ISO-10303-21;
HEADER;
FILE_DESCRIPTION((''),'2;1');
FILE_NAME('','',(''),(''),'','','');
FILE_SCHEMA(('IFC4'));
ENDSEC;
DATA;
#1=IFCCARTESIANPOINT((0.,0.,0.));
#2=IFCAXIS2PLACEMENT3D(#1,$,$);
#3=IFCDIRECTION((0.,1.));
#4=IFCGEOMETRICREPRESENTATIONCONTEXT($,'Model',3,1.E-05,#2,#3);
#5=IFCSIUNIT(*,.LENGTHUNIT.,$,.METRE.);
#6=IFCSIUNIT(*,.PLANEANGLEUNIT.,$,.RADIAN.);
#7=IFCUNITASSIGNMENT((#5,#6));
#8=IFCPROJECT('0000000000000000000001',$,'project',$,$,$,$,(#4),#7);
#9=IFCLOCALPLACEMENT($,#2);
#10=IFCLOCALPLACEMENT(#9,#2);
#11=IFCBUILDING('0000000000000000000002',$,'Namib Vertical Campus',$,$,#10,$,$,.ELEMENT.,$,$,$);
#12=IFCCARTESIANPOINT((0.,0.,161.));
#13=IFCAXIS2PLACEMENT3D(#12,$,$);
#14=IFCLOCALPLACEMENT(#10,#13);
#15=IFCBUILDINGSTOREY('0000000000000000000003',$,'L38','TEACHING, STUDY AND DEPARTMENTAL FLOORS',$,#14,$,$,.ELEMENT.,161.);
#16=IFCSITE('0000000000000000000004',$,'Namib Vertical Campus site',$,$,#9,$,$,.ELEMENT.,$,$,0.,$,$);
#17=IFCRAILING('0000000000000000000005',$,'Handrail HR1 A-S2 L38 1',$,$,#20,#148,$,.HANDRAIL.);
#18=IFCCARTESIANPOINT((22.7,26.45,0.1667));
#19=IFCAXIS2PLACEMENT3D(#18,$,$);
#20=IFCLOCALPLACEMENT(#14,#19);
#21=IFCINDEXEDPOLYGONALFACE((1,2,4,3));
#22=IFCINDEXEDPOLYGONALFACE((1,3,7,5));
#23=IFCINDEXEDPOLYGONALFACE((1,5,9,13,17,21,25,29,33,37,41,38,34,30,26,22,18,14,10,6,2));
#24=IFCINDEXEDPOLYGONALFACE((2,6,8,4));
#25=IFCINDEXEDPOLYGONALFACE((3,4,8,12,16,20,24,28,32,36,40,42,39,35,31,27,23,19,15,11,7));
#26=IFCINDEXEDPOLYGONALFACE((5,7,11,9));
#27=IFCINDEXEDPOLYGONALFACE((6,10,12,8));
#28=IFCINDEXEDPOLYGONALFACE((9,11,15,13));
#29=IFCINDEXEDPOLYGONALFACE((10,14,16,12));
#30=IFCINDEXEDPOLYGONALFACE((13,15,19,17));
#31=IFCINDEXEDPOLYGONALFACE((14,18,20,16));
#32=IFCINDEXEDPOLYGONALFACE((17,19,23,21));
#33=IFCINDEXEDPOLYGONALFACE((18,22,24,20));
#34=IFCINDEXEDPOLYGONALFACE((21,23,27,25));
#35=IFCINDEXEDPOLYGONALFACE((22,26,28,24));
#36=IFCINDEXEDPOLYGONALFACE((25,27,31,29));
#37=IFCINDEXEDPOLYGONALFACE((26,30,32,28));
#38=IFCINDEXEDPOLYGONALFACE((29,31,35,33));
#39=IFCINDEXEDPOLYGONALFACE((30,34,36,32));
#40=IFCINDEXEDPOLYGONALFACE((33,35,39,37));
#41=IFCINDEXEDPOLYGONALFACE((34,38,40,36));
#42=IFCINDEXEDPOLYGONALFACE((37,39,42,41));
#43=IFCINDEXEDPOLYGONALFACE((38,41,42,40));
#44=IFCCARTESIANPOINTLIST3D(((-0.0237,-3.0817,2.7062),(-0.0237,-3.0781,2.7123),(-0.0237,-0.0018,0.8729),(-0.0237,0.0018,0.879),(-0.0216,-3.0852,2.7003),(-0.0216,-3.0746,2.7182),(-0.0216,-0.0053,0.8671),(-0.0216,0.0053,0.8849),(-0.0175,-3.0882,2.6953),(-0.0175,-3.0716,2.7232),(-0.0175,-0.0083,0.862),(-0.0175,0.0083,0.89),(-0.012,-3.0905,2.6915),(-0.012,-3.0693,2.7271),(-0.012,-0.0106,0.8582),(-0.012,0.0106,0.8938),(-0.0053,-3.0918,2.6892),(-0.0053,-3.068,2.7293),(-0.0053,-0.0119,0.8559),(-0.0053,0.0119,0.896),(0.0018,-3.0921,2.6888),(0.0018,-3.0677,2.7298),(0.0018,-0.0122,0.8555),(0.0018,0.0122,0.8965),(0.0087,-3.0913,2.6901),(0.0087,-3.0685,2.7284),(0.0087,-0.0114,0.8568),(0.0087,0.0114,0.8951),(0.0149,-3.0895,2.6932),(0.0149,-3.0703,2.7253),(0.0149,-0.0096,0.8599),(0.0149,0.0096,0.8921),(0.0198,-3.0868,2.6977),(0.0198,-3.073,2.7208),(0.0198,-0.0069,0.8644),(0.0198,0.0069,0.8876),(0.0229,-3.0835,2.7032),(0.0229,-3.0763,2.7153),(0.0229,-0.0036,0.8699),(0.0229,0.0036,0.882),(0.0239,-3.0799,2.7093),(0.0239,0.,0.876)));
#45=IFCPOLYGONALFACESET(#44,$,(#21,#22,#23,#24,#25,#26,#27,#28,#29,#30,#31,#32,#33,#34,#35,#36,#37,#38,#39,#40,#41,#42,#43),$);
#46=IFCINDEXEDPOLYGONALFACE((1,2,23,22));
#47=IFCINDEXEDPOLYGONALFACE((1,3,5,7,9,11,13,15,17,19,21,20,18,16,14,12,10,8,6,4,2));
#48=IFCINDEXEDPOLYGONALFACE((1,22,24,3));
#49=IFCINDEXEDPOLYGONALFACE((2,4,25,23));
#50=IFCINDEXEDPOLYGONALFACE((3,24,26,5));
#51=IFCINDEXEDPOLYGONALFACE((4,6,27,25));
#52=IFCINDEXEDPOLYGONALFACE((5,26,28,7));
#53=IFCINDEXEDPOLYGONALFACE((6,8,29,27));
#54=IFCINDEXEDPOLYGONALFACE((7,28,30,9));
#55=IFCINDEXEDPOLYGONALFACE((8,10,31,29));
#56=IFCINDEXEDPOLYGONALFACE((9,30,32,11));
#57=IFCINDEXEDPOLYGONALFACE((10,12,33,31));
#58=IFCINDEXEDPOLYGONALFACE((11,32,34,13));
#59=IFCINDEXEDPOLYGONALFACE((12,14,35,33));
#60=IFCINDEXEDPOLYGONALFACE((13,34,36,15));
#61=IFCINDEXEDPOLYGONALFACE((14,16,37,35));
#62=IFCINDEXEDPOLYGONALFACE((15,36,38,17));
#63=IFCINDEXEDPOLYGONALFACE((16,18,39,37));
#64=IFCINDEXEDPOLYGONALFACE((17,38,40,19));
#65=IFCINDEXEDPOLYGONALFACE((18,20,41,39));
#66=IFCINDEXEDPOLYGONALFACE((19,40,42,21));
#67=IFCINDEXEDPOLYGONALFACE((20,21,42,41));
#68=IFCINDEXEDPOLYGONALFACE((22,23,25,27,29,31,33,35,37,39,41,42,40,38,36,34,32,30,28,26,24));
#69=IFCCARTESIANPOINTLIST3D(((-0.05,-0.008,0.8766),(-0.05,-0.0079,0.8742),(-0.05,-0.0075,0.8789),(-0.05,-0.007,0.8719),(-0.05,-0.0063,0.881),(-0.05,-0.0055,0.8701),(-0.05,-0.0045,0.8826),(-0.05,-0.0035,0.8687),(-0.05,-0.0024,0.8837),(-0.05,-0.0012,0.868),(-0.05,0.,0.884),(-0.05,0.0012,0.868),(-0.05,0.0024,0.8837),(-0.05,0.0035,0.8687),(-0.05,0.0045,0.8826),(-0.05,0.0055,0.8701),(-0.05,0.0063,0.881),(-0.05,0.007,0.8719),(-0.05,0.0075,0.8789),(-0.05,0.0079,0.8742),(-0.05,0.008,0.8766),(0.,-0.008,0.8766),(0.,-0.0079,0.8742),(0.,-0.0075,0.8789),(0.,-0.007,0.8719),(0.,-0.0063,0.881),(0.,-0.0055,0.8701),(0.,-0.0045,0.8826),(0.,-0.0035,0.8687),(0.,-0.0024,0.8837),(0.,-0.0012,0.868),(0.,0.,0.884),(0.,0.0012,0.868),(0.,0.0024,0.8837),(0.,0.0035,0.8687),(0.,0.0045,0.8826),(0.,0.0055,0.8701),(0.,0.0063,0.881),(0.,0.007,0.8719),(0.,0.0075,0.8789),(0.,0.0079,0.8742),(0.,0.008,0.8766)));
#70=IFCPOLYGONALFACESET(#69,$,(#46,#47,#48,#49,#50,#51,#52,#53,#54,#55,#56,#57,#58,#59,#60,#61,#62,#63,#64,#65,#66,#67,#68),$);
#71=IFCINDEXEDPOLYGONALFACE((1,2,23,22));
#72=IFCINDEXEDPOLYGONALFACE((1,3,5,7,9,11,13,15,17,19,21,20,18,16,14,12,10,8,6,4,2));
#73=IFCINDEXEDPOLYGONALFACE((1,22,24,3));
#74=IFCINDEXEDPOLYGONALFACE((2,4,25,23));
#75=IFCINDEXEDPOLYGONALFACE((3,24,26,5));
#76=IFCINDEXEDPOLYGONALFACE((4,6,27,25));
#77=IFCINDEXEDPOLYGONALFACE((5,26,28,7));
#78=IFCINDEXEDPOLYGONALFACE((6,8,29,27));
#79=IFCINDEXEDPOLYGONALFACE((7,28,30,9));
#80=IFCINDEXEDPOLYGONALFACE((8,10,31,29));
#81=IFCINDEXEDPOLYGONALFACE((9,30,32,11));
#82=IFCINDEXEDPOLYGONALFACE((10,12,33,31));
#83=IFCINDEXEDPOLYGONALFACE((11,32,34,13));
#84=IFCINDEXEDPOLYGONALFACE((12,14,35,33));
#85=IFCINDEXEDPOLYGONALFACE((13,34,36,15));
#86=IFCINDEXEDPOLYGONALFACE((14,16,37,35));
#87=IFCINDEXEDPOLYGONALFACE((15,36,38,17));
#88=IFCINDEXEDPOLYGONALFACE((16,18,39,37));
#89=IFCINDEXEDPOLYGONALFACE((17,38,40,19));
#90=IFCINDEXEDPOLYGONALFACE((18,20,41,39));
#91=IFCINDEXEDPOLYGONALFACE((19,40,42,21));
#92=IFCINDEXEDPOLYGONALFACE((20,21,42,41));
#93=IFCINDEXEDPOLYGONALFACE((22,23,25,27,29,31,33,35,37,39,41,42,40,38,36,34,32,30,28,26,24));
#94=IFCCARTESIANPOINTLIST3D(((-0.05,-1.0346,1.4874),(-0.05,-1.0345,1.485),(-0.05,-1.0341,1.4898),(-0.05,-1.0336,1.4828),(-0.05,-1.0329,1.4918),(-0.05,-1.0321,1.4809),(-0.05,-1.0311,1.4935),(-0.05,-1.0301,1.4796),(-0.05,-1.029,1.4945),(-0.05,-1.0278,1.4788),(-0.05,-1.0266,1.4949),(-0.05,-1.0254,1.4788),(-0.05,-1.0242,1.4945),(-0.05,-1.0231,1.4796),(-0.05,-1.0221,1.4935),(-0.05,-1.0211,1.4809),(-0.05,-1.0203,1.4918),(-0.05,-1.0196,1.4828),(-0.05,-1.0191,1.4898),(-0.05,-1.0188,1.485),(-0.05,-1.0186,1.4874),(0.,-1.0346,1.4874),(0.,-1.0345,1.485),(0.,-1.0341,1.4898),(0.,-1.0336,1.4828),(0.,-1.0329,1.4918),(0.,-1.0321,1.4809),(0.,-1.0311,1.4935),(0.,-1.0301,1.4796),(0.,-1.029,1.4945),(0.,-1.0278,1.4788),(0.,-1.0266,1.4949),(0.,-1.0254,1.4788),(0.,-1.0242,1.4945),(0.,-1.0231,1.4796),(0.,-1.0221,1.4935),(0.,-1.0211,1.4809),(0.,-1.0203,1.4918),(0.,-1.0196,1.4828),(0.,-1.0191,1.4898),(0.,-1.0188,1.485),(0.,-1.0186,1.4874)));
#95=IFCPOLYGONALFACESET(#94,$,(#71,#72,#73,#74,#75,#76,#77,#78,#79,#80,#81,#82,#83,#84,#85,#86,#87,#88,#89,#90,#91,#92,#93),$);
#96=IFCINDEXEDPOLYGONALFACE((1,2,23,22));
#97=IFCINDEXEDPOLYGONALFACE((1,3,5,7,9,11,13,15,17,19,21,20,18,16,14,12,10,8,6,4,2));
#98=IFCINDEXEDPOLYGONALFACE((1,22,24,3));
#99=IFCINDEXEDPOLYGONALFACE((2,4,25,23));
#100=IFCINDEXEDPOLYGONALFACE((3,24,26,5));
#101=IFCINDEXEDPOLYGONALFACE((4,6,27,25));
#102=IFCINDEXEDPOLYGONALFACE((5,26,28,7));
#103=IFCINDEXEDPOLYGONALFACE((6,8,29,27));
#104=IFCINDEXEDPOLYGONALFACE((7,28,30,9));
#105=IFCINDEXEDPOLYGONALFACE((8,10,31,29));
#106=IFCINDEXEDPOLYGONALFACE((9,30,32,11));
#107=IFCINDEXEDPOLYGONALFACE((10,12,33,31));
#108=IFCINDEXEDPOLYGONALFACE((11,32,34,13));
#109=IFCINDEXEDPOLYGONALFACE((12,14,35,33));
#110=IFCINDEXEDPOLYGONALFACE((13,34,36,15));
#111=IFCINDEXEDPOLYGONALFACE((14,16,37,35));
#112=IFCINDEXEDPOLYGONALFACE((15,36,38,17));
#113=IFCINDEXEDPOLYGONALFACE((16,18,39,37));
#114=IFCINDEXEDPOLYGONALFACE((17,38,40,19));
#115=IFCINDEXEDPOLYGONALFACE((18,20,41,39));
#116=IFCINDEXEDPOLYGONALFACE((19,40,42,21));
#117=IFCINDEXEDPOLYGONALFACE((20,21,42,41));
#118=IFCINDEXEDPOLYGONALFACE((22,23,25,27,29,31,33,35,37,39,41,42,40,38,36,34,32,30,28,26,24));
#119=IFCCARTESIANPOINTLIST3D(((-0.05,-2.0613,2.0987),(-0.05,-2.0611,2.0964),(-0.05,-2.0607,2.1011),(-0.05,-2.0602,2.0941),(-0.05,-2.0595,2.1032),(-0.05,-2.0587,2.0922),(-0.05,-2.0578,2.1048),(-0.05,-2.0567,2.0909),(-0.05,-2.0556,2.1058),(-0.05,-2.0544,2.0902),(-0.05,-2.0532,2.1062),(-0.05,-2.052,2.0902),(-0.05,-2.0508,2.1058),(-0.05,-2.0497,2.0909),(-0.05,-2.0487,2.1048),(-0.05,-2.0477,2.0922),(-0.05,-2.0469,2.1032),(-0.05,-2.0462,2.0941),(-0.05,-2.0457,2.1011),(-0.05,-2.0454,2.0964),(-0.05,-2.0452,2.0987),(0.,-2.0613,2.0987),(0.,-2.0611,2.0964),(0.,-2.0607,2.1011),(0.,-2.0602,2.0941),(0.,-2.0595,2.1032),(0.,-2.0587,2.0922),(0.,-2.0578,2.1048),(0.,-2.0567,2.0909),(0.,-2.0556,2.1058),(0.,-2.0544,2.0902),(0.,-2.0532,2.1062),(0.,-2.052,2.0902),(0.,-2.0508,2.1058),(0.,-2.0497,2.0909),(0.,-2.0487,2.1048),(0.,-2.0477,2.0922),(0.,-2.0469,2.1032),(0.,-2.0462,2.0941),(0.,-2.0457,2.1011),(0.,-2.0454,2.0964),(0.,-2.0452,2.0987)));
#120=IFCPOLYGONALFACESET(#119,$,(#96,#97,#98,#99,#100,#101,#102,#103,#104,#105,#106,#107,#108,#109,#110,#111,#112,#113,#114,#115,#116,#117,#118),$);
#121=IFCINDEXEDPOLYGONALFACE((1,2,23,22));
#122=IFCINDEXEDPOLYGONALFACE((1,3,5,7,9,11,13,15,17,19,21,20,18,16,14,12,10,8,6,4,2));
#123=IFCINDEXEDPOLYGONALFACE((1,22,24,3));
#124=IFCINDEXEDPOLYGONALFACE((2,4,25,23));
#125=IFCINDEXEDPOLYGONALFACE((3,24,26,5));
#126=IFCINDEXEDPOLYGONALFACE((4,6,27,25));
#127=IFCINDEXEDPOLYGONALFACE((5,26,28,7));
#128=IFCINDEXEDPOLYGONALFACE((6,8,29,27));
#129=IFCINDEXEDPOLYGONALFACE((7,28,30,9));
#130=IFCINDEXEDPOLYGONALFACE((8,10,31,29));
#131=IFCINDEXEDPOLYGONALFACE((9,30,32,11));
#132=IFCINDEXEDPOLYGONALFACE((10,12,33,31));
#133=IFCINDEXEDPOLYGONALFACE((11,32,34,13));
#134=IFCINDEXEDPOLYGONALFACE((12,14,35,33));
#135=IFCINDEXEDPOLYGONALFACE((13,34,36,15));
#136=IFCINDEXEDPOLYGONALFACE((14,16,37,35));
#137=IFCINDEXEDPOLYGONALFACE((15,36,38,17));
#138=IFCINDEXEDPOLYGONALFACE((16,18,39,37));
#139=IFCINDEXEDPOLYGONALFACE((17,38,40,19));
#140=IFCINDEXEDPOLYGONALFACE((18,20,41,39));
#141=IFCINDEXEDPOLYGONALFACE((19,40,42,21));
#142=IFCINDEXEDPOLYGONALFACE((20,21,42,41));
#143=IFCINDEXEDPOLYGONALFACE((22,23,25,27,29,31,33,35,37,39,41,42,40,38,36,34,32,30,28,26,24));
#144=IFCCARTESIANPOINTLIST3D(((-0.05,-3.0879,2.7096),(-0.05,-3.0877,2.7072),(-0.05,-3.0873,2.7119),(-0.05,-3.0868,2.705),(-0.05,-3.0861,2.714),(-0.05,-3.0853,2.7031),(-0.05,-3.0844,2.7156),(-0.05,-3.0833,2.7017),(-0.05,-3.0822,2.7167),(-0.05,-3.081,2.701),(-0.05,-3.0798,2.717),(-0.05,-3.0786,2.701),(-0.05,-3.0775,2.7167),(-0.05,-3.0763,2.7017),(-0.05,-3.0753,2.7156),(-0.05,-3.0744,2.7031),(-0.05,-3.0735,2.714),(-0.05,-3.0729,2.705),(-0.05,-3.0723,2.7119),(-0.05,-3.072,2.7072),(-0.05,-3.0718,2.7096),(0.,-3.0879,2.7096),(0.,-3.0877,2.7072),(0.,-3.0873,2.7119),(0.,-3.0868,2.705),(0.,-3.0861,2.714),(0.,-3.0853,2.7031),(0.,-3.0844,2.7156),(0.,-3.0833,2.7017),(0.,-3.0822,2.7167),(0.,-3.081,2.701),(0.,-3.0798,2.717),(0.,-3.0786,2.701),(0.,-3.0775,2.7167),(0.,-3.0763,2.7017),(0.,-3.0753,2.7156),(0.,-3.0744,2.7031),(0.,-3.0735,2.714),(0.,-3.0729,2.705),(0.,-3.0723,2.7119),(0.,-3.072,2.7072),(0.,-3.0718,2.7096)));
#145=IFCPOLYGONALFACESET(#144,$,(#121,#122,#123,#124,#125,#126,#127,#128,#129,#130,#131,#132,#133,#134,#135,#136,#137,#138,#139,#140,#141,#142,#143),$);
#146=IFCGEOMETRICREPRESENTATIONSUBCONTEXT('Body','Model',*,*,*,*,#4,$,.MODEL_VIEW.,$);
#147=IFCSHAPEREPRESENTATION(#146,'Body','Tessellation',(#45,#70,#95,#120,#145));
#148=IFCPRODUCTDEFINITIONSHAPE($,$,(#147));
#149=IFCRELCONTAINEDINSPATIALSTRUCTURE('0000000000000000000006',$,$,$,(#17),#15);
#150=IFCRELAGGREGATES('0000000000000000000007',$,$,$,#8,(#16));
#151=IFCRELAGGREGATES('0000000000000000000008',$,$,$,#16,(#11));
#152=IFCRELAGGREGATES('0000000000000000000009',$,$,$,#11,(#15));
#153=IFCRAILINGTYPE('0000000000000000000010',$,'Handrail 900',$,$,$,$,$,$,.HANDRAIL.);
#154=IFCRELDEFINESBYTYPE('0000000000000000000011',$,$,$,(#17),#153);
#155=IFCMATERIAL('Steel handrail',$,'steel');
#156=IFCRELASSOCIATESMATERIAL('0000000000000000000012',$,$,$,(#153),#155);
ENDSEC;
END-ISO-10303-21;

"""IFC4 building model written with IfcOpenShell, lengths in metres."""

from ifc_helpers import new_model, si_unit, direction, frame, origin, origin_2d, place, context, subcontext, project, spatial, circle, extrude, material, type_object, element, save


model = new_model("IFC4")

# Units and contexts
model_context = context("Model", 3, precision=1e-05, world=origin(), true_north=direction((0.0, 1.0)))
body_context = subcontext(model_context, "Body", "Model", "MODEL_VIEW")
ifc_project = project(units=[si_unit("LENGTHUNIT", "METRE"), si_unit("PLANEANGLEUNIT", "RADIAN")], contexts=[model_context])

# Site, building, storey
site_placement = place(None, origin())
site = spatial("IfcSite", under=ifc_project, at=site_placement, Name="Namib Vertical Campus site", CompositionType="ELEMENT", RefElevation=0.0)
building_placement = place(site_placement, origin())
building = spatial("IfcBuilding", under=site, at=building_placement, Name="Namib Vertical Campus", CompositionType="ELEMENT")
storey_placement = place(building_placement, frame((0.0, 0.0, 161.0)))
storey = spatial("IfcBuildingStorey", under=building, at=storey_placement, Name="L38", Description="TEACHING, STUDY AND DEPARTMENTAL FLOORS", CompositionType="ELEMENT", Elevation=161.0)

# Railing
ifc_material_1 = material(Name="Steel handrail", Category="steel")
railing_type_1 = type_object("IfcRailingType", Name="Handrail 900", PredefinedType="HANDRAIL", material=ifc_material_1)
railing_1_placement = place(storey_placement, frame((22.7, 26.45, 0.1667)))
element("IfcRailing", 1, at=railing_1_placement, inside=storey, type_object=railing_type_1, Name="Handrail HR1 A-S2 L38 1", PredefinedType="HANDRAIL", context=body_context, shape_type="SweptSolid", body=[
    extrude(circle(Radius=0.0239, at=origin_2d()), frame((0.0, 0.0, 0.876), z_axis=(0.0, -0.859291, 0.511487), x_axis=(1.0, 0.0, 0.0)), (0.0, 0.0, 1.0), 3.5842),
    extrude(circle(Radius=0.0081, at=origin_2d()), frame((0.0, 0.0, 0.876), z_axis=(-1.0, 0.0, 0.0), x_axis=(0.0, 0.0, 1.0)), (0.0, 0.0, 1.0), 0.05),
    extrude(circle(Radius=0.0081, at=origin_2d()), frame((0.0, -1.0266, 1.4868), z_axis=(-1.0, 0.0, 0.0), x_axis=(0.0, 0.0, 1.0)), (0.0, 0.0, 1.0), 0.05),
    extrude(circle(Radius=0.0081, at=origin_2d()), frame((0.0, -2.0532, 2.0981), z_axis=(-1.0, 0.0, 0.0), x_axis=(0.0, 0.0, 1.0)), (0.0, 0.0, 1.0), 0.05),
    extrude(circle(Radius=0.0081, at=origin_2d()), frame((0.0, -3.0798, 2.709), z_axis=(-1.0, 0.0, 0.0), x_axis=(0.0, 0.0, 1.0)), (0.0, 0.0, 1.0), 0.05),
])

save(model, "model.ifc")
